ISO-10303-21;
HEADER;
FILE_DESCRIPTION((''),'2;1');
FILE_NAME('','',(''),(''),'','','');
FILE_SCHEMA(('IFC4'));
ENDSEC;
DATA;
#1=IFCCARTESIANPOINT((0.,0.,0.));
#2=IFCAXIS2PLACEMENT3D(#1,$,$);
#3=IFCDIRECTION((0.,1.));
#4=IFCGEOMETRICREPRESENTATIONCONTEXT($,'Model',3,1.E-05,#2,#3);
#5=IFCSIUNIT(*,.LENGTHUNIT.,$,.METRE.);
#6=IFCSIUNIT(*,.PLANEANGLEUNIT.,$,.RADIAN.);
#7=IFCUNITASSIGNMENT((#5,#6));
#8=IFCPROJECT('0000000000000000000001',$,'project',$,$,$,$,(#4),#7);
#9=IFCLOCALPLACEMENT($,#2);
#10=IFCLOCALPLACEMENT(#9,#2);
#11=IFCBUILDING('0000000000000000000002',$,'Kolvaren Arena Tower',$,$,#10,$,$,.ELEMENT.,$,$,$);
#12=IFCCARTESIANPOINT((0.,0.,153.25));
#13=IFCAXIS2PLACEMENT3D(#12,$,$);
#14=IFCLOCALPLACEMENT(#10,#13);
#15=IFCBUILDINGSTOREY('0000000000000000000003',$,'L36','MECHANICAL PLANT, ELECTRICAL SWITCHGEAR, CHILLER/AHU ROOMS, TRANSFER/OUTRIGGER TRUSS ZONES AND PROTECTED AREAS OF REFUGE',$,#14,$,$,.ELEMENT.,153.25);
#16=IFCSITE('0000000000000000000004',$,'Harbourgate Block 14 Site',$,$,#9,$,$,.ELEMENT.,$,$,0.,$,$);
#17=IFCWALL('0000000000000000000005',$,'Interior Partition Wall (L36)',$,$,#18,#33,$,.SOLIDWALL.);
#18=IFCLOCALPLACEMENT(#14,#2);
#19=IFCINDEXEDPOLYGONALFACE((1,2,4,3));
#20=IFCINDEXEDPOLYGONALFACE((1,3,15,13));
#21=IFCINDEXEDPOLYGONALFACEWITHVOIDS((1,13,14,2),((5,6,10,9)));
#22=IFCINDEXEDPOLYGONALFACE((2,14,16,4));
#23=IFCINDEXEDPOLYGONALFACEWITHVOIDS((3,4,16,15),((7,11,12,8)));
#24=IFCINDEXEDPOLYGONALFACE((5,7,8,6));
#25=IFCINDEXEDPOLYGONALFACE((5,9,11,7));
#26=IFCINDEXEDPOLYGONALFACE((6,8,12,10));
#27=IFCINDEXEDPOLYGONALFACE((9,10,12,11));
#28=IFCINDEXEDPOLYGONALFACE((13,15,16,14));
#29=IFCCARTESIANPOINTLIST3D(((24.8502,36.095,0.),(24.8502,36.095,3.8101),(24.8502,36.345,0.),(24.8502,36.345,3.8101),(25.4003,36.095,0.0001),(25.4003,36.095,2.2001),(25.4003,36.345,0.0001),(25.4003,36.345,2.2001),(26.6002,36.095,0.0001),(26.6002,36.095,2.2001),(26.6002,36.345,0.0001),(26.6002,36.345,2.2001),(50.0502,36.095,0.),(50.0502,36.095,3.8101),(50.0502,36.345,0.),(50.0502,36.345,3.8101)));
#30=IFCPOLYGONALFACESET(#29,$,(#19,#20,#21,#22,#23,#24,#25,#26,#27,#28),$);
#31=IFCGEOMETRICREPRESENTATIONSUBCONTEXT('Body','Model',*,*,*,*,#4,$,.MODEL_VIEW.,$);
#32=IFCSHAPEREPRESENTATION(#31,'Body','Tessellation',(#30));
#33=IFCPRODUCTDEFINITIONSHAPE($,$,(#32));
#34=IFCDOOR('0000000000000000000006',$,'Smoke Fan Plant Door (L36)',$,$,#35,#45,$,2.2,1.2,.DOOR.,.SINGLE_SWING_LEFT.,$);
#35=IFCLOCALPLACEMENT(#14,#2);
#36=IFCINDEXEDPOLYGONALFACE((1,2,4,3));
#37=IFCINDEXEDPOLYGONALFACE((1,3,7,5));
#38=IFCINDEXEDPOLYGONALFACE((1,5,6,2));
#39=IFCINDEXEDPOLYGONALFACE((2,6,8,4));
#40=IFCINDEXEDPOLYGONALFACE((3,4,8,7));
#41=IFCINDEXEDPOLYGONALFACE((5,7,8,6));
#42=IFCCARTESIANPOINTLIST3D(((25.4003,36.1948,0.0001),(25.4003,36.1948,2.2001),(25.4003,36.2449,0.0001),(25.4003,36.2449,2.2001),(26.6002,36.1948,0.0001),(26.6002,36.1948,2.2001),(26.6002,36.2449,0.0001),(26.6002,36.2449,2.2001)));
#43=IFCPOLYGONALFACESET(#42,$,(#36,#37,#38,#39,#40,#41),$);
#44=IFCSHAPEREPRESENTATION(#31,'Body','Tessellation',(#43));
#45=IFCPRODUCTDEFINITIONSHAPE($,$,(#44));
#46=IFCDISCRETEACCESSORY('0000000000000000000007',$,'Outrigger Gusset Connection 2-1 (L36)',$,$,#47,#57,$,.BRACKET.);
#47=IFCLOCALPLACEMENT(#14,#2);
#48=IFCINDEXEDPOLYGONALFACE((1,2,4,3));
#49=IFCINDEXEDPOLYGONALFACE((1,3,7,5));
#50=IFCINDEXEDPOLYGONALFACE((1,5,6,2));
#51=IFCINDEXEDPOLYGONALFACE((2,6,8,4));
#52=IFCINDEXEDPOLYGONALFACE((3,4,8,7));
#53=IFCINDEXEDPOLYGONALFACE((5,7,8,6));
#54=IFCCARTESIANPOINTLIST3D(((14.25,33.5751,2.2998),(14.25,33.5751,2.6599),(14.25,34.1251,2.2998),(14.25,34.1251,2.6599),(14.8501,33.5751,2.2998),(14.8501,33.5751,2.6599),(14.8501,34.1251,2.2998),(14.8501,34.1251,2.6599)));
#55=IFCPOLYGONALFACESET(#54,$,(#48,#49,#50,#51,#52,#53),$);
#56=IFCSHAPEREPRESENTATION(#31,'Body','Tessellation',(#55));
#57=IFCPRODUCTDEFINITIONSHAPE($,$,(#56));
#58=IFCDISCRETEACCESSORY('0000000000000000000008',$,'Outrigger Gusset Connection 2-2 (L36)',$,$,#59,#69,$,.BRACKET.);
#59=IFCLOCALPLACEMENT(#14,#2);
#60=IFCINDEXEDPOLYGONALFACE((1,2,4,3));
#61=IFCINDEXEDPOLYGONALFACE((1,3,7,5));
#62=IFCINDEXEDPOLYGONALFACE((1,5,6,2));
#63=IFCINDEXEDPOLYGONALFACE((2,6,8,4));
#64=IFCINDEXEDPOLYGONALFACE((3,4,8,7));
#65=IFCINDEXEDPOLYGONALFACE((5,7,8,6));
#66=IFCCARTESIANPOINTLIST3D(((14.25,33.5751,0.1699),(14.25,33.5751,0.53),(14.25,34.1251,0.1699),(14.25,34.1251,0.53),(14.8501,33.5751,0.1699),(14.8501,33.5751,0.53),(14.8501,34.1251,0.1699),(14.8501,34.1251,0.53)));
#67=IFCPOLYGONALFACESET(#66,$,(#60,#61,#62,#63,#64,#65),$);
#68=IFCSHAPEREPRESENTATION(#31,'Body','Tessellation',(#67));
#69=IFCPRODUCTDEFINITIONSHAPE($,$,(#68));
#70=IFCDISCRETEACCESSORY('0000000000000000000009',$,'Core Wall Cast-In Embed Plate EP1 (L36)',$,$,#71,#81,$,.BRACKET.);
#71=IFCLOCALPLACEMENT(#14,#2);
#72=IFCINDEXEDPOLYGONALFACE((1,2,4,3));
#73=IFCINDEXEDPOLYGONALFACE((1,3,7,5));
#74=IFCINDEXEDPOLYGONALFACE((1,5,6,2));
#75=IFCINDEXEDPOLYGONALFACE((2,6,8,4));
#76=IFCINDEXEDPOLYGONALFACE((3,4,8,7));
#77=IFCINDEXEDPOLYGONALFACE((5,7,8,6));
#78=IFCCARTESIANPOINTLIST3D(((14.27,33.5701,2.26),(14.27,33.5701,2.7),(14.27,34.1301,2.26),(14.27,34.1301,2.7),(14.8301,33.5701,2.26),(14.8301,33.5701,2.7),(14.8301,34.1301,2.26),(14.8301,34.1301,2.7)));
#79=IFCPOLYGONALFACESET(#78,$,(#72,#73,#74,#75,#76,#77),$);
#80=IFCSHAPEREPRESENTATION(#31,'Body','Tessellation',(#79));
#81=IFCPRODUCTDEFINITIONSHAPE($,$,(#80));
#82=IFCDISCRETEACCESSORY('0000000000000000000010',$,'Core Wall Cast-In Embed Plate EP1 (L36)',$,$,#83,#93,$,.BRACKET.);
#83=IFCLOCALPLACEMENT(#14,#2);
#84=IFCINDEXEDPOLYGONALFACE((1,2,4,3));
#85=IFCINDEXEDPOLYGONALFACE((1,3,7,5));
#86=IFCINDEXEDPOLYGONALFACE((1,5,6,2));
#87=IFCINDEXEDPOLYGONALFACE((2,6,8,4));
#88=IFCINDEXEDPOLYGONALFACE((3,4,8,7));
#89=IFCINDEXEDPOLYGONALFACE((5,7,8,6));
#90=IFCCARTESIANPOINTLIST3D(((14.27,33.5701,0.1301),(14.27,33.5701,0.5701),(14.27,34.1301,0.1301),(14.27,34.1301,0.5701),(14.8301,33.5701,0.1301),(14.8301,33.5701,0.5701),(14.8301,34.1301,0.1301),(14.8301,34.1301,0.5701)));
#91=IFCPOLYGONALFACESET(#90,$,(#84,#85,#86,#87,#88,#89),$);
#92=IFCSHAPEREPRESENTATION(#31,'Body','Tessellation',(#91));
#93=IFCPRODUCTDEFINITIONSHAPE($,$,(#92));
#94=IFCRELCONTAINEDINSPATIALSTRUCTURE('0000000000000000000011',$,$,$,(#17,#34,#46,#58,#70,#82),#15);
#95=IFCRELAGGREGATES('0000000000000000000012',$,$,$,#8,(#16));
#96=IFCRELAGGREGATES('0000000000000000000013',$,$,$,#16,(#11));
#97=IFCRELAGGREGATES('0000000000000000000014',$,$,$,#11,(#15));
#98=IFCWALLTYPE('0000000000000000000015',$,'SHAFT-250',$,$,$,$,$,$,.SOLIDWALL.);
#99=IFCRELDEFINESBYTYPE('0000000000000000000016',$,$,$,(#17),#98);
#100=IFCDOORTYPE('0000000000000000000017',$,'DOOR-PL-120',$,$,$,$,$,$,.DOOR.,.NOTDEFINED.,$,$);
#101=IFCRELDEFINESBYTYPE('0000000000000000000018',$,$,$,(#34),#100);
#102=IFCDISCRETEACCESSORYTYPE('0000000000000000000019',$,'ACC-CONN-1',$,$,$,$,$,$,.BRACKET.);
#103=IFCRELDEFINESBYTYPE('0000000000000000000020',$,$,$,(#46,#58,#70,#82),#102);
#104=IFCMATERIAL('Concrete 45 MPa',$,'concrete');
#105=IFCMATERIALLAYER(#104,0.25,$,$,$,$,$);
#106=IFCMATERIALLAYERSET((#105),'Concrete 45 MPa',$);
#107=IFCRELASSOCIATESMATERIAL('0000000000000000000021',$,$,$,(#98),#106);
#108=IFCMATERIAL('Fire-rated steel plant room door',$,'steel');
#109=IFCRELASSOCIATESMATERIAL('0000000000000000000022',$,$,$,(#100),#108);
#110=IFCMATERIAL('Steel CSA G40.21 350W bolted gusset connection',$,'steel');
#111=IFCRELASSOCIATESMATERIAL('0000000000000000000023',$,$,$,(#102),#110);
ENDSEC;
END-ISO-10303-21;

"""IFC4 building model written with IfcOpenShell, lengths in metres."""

from ifc_helpers import new_model, si_unit, direction, frame, frame_2d, origin, origin_2d, place, context, subcontext, project, spatial, rectangle, extrude, material, layer, layer_set, type_object, element, fill, save


model = new_model("IFC4")

# Units and contexts
model_context = context("Model", 3, precision=1e-05, world=origin(), true_north=direction((0.0, 1.0)))
body_context = subcontext(model_context, "Body", "Model", "MODEL_VIEW")
ifc_project = project(units=[si_unit("LENGTHUNIT", "METRE"), si_unit("PLANEANGLEUNIT", "RADIAN")], contexts=[model_context])

# Site, building, storey
site_placement = place(None, origin())
site = spatial("IfcSite", under=ifc_project, at=site_placement, Name="Harbourgate Block 14 Site", CompositionType="ELEMENT", RefElevation=0.0)
building_placement = place(site_placement, origin())
building = spatial("IfcBuilding", under=site, at=building_placement, Name="Kolvaren Arena Tower", CompositionType="ELEMENT")
storey_placement = place(building_placement, frame((0.0, 0.0, 153.25)))
storey = spatial("IfcBuildingStorey", under=building, at=storey_placement, Name="L36", Description="MECHANICAL PLANT, ELECTRICAL SWITCHGEAR, CHILLER/AHU ROOMS, TRANSFER/OUTRIGGER TRUSS ZONES AND PROTECTED AREAS OF REFUGE", CompositionType="ELEMENT", Elevation=153.25)

# Wall, opening, door
ifc_material_1 = material(Name="Concrete 45 MPa", Category="concrete")
ifc_layer_1 = layer(ifc_material_1, 0.25)
ifc_layer_set_1 = layer_set([ifc_layer_1], Name="Concrete 45 MPa")
wall_type_1 = type_object("IfcWallType", Name="SHAFT-250", PredefinedType="SOLIDWALL", material=ifc_layer_set_1)
wall_1_placement = place(storey_placement, frame((24.8501, 36.22, 0.0), z_axis=(0.0, 0.0, 1.0), x_axis=(1.0, 0.0, 0.0)))
wall_1 = element("IfcWall", 1, at=wall_1_placement, inside=storey, type_object=wall_type_1, Name="Interior Partition Wall (L36)", PredefinedType="SOLIDWALL", context=body_context, shape_type="SweptSolid", body=[
    extrude(rectangle(XDim=25.2, YDim=0.25, at=frame_2d((12.6001, 0.0))), origin(), (0.0, 0.0, 1.0), 3.8101),
])
opening_placement = place(wall_1_placement, frame((0.55, 0.0, 0.0)))
opening = element("IfcOpeningElement", 2, at=opening_placement, cuts=wall_1, PredefinedType="OPENING", context=body_context, shape_type="SweptSolid", body=[
    extrude(rectangle(XDim=1.2, YDim=2.2, at=frame_2d((0.6001, 1.1001))), frame((0.0, 0.135, 0.0), z_axis=(0.0, -1.0, 0.0), x_axis=(1.0, 0.0, 0.0)), (0.0, 0.0, 1.0), 0.27),
])
ifc_material_2 = material(Name="Fire-rated steel plant room door", Category="steel")
door_type = type_object("IfcDoorType", Name="DOOR-PL-120", OperationType="NOTDEFINED", PredefinedType="DOOR", material=ifc_material_2)
door_placement = place(opening_placement, origin())
door = element("IfcDoor", 3, at=door_placement, inside=storey, type_object=door_type, Name="Smoke Fan Plant Door (L36)", OperationType="SINGLE_SWING_LEFT", OverallHeight=2.2, OverallWidth=1.2, PredefinedType="DOOR", context=body_context, shape_type="SweptSolid", body=[
    extrude(rectangle(XDim=1.2, YDim=2.2, at=frame_2d((0.6001, 1.1001))), frame((0.0, 0.0249, 0.0), z_axis=(0.0, -1.0, 0.0), x_axis=(1.0, 0.0, 0.0)), (0.0, 0.0, 1.0), 0.05),
])
fill(opening, door)

# Discrete accessories
ifc_material_3 = material(Name="Steel CSA G40.21 350W bolted gusset connection", Category="steel")
discrete_accessory_type = type_object("IfcDiscreteAccessoryType", Name="ACC-CONN-1", PredefinedType="BRACKET", material=ifc_material_3)
for number, where, z_axis, x_axis, name in (
    (4, (14.55, 33.8501, 2.2998), (0.0, 0.0, 1.0), (1.0, 0.0, 0.0), "Outrigger Gusset Connection 2-1 (L36)"),
    (5, (14.55, 33.8501, 0.1699), (0.0, 0.0, 1.0), (1.0, 0.0, 0.0), "Outrigger Gusset Connection 2-2 (L36)"),
):
    element("IfcDiscreteAccessory", number, at=place(storey_placement, frame(where, z_axis=z_axis, x_axis=x_axis)), inside=storey, type_object=discrete_accessory_type, Name=name, PredefinedType="BRACKET", context=body_context, shape_type="SweptSolid", body=[
        extrude(rectangle(XDim=0.6001, YDim=0.55, at=origin_2d()), origin(), (0.0, 0.0, 1.0), 0.3601),
    ])
for number, where, z_axis, x_axis, name in (
    (6, (14.55, 33.8501, 2.26), (0.0, 0.0, 1.0), (1.0, 0.0, 0.0), "Core Wall Cast-In Embed Plate EP1 (L36)"),
    (7, (14.55, 33.8501, 0.1301), (0.0, 0.0, 1.0), (1.0, 0.0, 0.0), "Core Wall Cast-In Embed Plate EP1 (L36)"),
):
    element("IfcDiscreteAccessory", number, at=place(storey_placement, frame(where, z_axis=z_axis, x_axis=x_axis)), inside=storey, type_object=discrete_accessory_type, Name=name, PredefinedType="BRACKET", context=body_context, shape_type="SweptSolid", body=[
        extrude(rectangle(XDim=0.5601, YDim=0.5601, at=origin_2d()), origin(), (0.0, 0.0, 1.0), 0.4399),
    ])

save(model, "model.ifc")
